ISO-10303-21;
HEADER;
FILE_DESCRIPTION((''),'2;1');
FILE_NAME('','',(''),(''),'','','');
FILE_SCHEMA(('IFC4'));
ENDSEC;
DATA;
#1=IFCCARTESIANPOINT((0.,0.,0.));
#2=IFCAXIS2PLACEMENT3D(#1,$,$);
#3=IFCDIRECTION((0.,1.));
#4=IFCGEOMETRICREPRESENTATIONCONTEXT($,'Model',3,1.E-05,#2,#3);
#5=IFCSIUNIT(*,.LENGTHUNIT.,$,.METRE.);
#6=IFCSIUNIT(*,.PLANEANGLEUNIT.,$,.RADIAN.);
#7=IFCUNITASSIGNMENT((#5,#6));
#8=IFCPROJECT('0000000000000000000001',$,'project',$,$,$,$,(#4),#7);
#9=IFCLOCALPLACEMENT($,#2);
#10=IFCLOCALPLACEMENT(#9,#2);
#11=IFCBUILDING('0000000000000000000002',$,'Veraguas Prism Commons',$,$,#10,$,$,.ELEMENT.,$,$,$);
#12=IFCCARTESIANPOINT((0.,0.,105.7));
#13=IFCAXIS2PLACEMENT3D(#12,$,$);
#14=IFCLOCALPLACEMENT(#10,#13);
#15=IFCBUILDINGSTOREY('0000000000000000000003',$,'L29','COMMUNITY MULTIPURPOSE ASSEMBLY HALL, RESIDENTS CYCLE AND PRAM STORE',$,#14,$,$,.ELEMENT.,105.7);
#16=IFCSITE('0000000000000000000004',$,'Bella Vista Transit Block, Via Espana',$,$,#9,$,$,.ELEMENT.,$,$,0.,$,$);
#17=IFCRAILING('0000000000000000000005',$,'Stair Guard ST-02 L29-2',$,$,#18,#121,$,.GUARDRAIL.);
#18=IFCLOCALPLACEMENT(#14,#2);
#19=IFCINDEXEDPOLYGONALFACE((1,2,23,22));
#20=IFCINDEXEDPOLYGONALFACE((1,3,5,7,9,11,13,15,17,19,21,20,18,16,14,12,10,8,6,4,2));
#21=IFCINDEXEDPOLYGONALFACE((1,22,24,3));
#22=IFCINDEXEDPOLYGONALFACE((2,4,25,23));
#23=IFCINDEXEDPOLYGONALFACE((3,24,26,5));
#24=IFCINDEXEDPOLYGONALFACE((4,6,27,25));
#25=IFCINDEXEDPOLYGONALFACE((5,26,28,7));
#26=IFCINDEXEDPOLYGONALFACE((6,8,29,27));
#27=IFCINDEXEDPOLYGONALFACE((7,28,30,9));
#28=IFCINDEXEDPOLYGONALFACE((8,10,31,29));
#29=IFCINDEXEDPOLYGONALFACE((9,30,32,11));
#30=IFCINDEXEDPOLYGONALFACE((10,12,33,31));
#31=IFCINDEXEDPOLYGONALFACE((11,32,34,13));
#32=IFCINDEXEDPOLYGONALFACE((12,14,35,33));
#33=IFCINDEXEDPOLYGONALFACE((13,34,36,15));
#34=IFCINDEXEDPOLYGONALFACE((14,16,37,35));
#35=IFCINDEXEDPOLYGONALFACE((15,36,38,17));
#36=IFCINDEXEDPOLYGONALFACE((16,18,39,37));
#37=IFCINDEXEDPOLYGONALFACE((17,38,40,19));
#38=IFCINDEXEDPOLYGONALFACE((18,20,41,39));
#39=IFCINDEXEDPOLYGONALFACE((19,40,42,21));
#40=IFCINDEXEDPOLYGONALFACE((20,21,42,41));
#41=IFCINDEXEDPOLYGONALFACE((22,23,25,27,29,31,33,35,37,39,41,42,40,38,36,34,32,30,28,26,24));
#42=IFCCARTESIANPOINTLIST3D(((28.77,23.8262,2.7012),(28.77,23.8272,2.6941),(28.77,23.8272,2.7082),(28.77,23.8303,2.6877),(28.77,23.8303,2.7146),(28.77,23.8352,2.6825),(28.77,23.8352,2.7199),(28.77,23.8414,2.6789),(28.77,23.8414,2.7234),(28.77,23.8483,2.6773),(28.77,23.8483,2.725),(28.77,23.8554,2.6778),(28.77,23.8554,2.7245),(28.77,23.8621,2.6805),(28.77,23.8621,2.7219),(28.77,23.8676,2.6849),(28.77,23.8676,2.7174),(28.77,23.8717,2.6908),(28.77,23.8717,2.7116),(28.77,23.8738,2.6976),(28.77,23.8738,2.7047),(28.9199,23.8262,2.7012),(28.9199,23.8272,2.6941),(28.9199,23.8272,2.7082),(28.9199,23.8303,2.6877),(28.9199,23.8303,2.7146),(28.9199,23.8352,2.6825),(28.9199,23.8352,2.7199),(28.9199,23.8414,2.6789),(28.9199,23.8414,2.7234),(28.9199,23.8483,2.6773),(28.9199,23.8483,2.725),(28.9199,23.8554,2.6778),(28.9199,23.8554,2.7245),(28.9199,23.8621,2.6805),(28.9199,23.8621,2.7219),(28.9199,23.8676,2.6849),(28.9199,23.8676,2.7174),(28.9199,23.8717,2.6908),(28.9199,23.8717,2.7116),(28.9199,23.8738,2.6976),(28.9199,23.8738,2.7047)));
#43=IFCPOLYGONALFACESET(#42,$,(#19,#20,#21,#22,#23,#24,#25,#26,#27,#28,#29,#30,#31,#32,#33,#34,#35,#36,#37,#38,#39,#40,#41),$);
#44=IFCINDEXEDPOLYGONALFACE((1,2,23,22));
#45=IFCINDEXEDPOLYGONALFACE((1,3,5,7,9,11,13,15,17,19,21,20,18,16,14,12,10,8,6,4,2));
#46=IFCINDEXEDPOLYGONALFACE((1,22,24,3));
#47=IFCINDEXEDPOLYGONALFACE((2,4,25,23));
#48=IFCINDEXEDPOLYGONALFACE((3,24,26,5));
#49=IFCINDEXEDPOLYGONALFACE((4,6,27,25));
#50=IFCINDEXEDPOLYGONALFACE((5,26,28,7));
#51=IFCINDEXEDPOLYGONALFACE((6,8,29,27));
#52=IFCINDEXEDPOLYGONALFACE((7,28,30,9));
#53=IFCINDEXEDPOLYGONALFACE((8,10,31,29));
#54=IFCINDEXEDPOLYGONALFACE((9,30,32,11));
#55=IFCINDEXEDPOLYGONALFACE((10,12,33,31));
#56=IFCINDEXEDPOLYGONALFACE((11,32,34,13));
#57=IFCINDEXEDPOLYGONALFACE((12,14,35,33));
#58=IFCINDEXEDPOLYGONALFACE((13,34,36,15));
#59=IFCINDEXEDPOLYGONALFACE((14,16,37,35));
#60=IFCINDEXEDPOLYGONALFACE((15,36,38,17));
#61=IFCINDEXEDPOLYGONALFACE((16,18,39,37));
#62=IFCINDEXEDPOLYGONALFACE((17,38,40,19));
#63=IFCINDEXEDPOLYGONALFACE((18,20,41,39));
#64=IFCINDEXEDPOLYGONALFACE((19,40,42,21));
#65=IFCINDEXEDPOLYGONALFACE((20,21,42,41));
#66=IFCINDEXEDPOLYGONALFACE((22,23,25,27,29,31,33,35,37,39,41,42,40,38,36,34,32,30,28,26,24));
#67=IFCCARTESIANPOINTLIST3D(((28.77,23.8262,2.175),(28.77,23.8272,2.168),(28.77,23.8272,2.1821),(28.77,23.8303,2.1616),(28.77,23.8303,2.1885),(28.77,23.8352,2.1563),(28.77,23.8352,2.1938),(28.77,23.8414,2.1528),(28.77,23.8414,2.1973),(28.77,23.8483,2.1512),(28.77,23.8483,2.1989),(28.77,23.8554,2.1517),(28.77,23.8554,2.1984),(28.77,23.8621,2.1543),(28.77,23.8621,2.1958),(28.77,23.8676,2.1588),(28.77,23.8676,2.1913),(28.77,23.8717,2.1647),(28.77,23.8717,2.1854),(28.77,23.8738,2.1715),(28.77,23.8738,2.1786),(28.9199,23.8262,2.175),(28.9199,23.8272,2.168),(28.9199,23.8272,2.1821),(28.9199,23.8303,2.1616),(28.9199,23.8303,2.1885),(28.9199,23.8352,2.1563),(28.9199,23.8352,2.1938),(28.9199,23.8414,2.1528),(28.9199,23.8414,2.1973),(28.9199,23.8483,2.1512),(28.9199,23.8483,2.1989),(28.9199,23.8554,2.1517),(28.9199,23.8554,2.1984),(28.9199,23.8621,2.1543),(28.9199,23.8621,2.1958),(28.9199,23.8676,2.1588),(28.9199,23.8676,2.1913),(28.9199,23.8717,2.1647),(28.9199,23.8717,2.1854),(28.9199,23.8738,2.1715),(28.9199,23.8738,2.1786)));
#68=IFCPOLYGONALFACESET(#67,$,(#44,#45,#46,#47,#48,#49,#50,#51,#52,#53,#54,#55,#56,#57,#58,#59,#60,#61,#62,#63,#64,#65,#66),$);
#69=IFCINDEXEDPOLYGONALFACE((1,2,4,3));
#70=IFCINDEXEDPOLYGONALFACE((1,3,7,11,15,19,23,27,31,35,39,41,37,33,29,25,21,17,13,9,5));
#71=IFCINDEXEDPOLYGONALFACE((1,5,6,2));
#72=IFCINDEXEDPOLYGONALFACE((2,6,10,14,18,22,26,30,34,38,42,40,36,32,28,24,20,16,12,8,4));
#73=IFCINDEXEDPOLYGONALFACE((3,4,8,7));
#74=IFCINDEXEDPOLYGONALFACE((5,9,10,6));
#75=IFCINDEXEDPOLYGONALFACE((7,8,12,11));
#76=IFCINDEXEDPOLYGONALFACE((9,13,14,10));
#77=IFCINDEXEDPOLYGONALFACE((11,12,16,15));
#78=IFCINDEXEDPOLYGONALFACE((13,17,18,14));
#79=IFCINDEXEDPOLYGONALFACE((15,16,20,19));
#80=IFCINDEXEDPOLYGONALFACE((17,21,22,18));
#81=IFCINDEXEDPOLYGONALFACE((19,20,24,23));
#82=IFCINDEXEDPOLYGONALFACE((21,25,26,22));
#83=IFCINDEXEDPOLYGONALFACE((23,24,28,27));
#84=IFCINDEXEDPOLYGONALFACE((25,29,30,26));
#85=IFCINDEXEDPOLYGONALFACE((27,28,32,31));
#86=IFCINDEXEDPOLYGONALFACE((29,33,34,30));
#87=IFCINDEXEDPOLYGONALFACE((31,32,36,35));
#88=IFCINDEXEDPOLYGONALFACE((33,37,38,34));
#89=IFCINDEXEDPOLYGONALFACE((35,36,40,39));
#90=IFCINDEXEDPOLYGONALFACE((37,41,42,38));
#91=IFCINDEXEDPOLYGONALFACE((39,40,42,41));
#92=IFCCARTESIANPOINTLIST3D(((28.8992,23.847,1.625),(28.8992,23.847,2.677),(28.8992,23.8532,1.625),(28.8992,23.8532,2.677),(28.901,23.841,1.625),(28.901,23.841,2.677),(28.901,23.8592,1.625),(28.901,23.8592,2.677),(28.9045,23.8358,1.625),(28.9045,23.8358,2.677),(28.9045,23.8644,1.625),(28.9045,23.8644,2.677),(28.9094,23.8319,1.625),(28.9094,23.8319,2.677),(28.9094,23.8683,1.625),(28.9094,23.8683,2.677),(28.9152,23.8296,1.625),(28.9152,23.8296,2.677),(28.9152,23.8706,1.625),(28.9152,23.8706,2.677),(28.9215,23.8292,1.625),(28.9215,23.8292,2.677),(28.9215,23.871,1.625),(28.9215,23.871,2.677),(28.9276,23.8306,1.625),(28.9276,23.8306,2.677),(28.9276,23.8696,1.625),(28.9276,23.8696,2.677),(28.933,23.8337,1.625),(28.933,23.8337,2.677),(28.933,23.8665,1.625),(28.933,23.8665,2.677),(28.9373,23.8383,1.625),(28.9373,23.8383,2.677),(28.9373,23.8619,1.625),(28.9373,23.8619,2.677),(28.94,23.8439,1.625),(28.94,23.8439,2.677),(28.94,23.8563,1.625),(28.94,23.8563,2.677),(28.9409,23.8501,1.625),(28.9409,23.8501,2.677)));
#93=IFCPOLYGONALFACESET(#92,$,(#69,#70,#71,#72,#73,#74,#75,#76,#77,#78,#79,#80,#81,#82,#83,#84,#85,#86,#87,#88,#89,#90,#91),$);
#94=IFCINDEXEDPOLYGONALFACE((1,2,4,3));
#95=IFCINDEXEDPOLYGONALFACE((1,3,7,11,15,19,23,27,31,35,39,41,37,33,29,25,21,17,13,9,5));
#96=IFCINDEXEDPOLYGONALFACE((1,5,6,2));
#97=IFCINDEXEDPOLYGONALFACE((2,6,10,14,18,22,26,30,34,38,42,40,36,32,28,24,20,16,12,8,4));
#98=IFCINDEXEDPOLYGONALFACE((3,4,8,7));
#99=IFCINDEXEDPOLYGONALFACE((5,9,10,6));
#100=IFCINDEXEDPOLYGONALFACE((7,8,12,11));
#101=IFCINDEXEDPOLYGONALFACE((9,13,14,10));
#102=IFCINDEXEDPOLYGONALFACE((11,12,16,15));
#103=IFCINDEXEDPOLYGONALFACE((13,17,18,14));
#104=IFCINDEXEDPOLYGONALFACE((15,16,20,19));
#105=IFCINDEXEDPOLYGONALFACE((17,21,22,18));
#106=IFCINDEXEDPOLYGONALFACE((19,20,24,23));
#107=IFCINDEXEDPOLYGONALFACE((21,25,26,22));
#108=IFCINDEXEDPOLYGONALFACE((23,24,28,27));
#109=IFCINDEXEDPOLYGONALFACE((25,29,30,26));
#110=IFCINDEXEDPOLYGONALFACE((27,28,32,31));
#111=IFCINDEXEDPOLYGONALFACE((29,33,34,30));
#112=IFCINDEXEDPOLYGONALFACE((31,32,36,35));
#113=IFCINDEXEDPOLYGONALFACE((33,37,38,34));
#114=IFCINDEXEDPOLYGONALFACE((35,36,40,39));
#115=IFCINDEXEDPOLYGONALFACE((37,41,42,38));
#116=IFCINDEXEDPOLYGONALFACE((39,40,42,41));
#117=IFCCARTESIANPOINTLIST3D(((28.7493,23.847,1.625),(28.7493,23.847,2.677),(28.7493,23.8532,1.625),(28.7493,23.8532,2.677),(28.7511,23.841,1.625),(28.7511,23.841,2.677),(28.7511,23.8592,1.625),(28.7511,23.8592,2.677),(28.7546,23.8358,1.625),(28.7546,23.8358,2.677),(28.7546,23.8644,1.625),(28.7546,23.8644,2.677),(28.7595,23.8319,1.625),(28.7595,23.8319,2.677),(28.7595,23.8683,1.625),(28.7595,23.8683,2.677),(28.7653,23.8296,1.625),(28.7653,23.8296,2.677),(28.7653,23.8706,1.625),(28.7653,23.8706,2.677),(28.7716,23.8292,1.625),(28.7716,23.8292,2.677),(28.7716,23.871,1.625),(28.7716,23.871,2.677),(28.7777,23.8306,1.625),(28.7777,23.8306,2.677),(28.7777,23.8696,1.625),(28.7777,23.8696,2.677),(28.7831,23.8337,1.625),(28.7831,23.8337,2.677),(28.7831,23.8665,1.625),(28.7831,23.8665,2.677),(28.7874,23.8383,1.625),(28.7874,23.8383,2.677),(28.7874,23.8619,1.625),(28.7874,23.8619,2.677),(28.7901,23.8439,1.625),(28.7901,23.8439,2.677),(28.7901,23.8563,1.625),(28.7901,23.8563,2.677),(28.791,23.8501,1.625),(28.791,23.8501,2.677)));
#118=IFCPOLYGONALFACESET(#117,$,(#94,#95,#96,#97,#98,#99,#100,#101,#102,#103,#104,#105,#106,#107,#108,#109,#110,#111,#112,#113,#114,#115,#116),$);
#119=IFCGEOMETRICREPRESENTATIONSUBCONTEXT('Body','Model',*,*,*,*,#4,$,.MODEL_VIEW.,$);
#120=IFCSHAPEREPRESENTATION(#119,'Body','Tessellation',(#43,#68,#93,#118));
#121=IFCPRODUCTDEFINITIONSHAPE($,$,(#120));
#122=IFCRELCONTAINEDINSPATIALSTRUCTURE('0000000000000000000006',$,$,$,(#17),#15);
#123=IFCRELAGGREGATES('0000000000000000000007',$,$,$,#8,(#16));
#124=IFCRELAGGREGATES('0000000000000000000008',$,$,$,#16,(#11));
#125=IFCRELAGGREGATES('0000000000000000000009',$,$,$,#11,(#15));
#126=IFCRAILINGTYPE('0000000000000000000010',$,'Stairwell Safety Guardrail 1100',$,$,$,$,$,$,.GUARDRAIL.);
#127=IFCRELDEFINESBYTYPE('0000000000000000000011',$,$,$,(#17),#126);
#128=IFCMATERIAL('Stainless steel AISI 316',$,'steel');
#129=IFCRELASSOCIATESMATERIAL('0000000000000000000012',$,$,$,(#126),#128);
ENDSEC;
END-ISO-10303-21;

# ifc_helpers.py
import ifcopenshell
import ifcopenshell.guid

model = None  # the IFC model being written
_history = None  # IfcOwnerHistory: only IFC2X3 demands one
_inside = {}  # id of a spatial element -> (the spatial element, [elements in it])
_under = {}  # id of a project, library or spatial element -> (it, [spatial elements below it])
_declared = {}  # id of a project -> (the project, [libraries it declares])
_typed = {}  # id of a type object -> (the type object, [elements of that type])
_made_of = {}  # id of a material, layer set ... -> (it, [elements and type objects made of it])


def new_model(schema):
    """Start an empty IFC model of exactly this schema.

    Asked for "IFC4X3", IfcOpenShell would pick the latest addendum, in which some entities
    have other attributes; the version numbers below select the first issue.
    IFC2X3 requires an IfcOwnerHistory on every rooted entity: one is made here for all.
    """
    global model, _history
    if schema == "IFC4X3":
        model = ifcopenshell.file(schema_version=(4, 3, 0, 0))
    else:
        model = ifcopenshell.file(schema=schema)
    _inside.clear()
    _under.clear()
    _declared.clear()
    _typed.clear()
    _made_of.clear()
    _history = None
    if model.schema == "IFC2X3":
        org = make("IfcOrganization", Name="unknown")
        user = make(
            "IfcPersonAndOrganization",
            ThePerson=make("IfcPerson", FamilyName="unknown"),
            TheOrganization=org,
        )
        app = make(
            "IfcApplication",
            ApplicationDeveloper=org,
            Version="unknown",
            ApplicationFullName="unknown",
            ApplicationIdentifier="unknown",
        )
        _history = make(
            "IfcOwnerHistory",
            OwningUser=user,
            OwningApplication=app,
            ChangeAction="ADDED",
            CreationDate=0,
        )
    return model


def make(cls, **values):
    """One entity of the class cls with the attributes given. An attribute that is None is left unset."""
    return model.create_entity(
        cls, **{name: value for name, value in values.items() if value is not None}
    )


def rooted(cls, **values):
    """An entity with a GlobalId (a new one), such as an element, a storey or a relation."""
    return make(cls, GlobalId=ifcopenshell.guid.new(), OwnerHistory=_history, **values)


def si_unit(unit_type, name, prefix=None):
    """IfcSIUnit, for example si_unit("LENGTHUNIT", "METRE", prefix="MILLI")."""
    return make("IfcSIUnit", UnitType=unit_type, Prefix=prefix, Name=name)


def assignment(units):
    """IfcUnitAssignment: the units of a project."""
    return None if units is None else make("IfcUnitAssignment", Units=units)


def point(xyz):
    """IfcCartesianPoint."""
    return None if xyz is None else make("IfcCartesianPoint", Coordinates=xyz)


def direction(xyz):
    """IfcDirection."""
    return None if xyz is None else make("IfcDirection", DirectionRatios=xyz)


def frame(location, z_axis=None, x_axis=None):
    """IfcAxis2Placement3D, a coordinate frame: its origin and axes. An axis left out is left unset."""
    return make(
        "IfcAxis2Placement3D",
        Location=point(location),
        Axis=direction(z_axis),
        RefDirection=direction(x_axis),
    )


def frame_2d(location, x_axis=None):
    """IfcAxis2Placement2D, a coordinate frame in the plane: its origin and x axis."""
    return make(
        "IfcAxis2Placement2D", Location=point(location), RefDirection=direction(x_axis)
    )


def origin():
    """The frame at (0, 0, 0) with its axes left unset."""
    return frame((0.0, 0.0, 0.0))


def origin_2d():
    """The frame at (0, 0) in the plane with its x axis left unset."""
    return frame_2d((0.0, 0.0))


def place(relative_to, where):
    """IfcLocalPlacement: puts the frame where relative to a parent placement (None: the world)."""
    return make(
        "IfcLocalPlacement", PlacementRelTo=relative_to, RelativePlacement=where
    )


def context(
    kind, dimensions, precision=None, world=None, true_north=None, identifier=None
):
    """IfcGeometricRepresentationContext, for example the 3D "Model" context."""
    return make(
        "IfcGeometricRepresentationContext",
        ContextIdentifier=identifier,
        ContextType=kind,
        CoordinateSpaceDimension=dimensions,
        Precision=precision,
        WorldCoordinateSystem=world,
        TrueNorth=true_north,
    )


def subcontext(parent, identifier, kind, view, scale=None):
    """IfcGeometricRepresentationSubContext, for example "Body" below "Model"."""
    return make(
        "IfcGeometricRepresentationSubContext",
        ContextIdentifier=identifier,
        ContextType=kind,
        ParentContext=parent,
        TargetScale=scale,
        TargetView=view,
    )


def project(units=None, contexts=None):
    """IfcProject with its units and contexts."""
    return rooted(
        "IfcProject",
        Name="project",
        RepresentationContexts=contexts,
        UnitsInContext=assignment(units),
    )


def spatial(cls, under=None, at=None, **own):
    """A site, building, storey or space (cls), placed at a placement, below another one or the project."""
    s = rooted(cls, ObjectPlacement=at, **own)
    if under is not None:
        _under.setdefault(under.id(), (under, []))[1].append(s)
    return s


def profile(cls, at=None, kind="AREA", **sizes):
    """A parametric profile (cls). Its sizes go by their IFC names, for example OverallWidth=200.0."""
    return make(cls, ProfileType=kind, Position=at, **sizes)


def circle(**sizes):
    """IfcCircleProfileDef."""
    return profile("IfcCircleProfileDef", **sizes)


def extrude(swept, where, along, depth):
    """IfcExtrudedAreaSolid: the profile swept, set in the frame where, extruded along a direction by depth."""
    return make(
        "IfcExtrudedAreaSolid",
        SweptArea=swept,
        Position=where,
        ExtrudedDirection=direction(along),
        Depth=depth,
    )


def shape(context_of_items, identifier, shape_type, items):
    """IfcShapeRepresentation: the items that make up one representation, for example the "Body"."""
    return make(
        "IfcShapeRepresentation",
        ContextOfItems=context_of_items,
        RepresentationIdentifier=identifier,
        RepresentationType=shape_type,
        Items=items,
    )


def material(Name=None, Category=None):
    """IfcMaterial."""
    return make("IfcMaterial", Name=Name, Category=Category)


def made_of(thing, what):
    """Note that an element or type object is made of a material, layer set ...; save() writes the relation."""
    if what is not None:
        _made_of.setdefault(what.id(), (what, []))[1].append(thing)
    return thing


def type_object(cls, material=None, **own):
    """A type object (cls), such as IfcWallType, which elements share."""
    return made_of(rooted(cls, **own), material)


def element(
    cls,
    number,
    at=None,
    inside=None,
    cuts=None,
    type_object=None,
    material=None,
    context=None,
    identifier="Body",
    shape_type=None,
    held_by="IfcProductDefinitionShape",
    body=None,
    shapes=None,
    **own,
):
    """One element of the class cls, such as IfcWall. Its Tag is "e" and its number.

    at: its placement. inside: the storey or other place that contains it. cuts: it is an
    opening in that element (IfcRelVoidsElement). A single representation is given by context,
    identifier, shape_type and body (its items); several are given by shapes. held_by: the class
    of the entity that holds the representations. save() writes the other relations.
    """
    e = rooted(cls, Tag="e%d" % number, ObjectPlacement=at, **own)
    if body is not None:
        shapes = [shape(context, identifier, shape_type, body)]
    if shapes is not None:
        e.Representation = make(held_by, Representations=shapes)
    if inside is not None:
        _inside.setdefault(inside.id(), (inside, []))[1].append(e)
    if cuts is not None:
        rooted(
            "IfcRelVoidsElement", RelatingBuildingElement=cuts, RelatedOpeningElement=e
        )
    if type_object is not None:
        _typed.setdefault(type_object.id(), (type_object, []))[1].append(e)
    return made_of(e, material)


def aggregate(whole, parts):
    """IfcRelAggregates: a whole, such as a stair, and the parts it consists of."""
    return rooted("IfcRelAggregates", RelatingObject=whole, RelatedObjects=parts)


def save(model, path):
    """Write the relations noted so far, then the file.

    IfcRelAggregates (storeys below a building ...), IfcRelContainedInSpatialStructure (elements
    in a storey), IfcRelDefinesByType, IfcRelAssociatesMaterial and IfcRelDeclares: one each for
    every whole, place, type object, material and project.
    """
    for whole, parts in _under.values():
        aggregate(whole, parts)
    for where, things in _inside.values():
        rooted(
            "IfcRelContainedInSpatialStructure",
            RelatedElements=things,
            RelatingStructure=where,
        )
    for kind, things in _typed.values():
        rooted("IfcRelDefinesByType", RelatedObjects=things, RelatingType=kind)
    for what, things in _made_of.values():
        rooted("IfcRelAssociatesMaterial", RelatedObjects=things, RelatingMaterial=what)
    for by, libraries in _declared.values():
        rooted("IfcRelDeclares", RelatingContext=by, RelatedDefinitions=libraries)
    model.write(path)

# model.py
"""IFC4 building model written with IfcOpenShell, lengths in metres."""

from ifc_helpers import new_model, si_unit, direction, frame, origin, origin_2d, place, context, subcontext, project, spatial, circle, extrude, material, type_object, element, save


model = new_model("IFC4")

# Units and contexts
model_context = context("Model", 3, precision=1e-05, world=origin(), true_north=direction((0.0, 1.0)))
body_context = subcontext(model_context, "Body", "Model", "MODEL_VIEW")
ifc_project = project(units=[si_unit("LENGTHUNIT", "METRE"), si_unit("PLANEANGLEUNIT", "RADIAN")], contexts=[model_context])

# Site, building, storey
site_placement = place(None, origin())
site = spatial("IfcSite", under=ifc_project, at=site_placement, Name="Bella Vista Transit Block, Via Espana", CompositionType="ELEMENT", RefElevation=0.0)
building_placement = place(site_placement, origin())
building = spatial("IfcBuilding", under=site, at=building_placement, Name="Veraguas Prism Commons", CompositionType="ELEMENT")
storey_placement = place(building_placement, frame((0.0, 0.0, 105.7)))
storey = spatial("IfcBuildingStorey", under=building, at=storey_placement, Name="L29", Description="COMMUNITY MULTIPURPOSE ASSEMBLY HALL, RESIDENTS CYCLE AND PRAM STORE", CompositionType="ELEMENT", Elevation=105.7)

# Shared definitions
ifc_material_1 = material(Name="Stainless steel AISI 316", Category="steel")

# Railing
railing_type_1 = type_object("IfcRailingType", Name="Stairwell Safety Guardrail 1100", PredefinedType="GUARDRAIL", material=ifc_material_1)
railing_1_placement = place(storey_placement, frame((28.9199, 23.8501, 1.625)))
element("IfcRailing", 1, at=railing_1_placement, inside=storey, type_object=railing_type_1, Name="Stair Guard ST-02 L29-2", PredefinedType="GUARDRAIL", context=body_context, shape_type="SweptSolid", body=[
    extrude(circle(Radius=0.0239, at=origin_2d()), frame((0.0, 0.0, 1.0762), z_axis=(-1.0, 0.0, 0.0), x_axis=(0.0, -1.0, 0.0)), (0.0, 0.0, 1.0), 0.1499),
    extrude(circle(Radius=0.0239, at=origin_2d()), frame((0.0, 0.0, 0.55), z_axis=(-1.0, 0.0, 0.0), x_axis=(0.0, -1.0, 0.0)), (0.0, 0.0, 1.0), 0.1499),
    extrude(circle(Radius=0.021, at=origin_2d()), origin(), (0.0, 0.0, 1.0), 1.052),
    extrude(circle(Radius=0.021, at=origin_2d()), frame((-0.1499, 0.0, 0.0)), (0.0, 0.0, 1.0), 1.052),
])

save(model, "model.ifc")
